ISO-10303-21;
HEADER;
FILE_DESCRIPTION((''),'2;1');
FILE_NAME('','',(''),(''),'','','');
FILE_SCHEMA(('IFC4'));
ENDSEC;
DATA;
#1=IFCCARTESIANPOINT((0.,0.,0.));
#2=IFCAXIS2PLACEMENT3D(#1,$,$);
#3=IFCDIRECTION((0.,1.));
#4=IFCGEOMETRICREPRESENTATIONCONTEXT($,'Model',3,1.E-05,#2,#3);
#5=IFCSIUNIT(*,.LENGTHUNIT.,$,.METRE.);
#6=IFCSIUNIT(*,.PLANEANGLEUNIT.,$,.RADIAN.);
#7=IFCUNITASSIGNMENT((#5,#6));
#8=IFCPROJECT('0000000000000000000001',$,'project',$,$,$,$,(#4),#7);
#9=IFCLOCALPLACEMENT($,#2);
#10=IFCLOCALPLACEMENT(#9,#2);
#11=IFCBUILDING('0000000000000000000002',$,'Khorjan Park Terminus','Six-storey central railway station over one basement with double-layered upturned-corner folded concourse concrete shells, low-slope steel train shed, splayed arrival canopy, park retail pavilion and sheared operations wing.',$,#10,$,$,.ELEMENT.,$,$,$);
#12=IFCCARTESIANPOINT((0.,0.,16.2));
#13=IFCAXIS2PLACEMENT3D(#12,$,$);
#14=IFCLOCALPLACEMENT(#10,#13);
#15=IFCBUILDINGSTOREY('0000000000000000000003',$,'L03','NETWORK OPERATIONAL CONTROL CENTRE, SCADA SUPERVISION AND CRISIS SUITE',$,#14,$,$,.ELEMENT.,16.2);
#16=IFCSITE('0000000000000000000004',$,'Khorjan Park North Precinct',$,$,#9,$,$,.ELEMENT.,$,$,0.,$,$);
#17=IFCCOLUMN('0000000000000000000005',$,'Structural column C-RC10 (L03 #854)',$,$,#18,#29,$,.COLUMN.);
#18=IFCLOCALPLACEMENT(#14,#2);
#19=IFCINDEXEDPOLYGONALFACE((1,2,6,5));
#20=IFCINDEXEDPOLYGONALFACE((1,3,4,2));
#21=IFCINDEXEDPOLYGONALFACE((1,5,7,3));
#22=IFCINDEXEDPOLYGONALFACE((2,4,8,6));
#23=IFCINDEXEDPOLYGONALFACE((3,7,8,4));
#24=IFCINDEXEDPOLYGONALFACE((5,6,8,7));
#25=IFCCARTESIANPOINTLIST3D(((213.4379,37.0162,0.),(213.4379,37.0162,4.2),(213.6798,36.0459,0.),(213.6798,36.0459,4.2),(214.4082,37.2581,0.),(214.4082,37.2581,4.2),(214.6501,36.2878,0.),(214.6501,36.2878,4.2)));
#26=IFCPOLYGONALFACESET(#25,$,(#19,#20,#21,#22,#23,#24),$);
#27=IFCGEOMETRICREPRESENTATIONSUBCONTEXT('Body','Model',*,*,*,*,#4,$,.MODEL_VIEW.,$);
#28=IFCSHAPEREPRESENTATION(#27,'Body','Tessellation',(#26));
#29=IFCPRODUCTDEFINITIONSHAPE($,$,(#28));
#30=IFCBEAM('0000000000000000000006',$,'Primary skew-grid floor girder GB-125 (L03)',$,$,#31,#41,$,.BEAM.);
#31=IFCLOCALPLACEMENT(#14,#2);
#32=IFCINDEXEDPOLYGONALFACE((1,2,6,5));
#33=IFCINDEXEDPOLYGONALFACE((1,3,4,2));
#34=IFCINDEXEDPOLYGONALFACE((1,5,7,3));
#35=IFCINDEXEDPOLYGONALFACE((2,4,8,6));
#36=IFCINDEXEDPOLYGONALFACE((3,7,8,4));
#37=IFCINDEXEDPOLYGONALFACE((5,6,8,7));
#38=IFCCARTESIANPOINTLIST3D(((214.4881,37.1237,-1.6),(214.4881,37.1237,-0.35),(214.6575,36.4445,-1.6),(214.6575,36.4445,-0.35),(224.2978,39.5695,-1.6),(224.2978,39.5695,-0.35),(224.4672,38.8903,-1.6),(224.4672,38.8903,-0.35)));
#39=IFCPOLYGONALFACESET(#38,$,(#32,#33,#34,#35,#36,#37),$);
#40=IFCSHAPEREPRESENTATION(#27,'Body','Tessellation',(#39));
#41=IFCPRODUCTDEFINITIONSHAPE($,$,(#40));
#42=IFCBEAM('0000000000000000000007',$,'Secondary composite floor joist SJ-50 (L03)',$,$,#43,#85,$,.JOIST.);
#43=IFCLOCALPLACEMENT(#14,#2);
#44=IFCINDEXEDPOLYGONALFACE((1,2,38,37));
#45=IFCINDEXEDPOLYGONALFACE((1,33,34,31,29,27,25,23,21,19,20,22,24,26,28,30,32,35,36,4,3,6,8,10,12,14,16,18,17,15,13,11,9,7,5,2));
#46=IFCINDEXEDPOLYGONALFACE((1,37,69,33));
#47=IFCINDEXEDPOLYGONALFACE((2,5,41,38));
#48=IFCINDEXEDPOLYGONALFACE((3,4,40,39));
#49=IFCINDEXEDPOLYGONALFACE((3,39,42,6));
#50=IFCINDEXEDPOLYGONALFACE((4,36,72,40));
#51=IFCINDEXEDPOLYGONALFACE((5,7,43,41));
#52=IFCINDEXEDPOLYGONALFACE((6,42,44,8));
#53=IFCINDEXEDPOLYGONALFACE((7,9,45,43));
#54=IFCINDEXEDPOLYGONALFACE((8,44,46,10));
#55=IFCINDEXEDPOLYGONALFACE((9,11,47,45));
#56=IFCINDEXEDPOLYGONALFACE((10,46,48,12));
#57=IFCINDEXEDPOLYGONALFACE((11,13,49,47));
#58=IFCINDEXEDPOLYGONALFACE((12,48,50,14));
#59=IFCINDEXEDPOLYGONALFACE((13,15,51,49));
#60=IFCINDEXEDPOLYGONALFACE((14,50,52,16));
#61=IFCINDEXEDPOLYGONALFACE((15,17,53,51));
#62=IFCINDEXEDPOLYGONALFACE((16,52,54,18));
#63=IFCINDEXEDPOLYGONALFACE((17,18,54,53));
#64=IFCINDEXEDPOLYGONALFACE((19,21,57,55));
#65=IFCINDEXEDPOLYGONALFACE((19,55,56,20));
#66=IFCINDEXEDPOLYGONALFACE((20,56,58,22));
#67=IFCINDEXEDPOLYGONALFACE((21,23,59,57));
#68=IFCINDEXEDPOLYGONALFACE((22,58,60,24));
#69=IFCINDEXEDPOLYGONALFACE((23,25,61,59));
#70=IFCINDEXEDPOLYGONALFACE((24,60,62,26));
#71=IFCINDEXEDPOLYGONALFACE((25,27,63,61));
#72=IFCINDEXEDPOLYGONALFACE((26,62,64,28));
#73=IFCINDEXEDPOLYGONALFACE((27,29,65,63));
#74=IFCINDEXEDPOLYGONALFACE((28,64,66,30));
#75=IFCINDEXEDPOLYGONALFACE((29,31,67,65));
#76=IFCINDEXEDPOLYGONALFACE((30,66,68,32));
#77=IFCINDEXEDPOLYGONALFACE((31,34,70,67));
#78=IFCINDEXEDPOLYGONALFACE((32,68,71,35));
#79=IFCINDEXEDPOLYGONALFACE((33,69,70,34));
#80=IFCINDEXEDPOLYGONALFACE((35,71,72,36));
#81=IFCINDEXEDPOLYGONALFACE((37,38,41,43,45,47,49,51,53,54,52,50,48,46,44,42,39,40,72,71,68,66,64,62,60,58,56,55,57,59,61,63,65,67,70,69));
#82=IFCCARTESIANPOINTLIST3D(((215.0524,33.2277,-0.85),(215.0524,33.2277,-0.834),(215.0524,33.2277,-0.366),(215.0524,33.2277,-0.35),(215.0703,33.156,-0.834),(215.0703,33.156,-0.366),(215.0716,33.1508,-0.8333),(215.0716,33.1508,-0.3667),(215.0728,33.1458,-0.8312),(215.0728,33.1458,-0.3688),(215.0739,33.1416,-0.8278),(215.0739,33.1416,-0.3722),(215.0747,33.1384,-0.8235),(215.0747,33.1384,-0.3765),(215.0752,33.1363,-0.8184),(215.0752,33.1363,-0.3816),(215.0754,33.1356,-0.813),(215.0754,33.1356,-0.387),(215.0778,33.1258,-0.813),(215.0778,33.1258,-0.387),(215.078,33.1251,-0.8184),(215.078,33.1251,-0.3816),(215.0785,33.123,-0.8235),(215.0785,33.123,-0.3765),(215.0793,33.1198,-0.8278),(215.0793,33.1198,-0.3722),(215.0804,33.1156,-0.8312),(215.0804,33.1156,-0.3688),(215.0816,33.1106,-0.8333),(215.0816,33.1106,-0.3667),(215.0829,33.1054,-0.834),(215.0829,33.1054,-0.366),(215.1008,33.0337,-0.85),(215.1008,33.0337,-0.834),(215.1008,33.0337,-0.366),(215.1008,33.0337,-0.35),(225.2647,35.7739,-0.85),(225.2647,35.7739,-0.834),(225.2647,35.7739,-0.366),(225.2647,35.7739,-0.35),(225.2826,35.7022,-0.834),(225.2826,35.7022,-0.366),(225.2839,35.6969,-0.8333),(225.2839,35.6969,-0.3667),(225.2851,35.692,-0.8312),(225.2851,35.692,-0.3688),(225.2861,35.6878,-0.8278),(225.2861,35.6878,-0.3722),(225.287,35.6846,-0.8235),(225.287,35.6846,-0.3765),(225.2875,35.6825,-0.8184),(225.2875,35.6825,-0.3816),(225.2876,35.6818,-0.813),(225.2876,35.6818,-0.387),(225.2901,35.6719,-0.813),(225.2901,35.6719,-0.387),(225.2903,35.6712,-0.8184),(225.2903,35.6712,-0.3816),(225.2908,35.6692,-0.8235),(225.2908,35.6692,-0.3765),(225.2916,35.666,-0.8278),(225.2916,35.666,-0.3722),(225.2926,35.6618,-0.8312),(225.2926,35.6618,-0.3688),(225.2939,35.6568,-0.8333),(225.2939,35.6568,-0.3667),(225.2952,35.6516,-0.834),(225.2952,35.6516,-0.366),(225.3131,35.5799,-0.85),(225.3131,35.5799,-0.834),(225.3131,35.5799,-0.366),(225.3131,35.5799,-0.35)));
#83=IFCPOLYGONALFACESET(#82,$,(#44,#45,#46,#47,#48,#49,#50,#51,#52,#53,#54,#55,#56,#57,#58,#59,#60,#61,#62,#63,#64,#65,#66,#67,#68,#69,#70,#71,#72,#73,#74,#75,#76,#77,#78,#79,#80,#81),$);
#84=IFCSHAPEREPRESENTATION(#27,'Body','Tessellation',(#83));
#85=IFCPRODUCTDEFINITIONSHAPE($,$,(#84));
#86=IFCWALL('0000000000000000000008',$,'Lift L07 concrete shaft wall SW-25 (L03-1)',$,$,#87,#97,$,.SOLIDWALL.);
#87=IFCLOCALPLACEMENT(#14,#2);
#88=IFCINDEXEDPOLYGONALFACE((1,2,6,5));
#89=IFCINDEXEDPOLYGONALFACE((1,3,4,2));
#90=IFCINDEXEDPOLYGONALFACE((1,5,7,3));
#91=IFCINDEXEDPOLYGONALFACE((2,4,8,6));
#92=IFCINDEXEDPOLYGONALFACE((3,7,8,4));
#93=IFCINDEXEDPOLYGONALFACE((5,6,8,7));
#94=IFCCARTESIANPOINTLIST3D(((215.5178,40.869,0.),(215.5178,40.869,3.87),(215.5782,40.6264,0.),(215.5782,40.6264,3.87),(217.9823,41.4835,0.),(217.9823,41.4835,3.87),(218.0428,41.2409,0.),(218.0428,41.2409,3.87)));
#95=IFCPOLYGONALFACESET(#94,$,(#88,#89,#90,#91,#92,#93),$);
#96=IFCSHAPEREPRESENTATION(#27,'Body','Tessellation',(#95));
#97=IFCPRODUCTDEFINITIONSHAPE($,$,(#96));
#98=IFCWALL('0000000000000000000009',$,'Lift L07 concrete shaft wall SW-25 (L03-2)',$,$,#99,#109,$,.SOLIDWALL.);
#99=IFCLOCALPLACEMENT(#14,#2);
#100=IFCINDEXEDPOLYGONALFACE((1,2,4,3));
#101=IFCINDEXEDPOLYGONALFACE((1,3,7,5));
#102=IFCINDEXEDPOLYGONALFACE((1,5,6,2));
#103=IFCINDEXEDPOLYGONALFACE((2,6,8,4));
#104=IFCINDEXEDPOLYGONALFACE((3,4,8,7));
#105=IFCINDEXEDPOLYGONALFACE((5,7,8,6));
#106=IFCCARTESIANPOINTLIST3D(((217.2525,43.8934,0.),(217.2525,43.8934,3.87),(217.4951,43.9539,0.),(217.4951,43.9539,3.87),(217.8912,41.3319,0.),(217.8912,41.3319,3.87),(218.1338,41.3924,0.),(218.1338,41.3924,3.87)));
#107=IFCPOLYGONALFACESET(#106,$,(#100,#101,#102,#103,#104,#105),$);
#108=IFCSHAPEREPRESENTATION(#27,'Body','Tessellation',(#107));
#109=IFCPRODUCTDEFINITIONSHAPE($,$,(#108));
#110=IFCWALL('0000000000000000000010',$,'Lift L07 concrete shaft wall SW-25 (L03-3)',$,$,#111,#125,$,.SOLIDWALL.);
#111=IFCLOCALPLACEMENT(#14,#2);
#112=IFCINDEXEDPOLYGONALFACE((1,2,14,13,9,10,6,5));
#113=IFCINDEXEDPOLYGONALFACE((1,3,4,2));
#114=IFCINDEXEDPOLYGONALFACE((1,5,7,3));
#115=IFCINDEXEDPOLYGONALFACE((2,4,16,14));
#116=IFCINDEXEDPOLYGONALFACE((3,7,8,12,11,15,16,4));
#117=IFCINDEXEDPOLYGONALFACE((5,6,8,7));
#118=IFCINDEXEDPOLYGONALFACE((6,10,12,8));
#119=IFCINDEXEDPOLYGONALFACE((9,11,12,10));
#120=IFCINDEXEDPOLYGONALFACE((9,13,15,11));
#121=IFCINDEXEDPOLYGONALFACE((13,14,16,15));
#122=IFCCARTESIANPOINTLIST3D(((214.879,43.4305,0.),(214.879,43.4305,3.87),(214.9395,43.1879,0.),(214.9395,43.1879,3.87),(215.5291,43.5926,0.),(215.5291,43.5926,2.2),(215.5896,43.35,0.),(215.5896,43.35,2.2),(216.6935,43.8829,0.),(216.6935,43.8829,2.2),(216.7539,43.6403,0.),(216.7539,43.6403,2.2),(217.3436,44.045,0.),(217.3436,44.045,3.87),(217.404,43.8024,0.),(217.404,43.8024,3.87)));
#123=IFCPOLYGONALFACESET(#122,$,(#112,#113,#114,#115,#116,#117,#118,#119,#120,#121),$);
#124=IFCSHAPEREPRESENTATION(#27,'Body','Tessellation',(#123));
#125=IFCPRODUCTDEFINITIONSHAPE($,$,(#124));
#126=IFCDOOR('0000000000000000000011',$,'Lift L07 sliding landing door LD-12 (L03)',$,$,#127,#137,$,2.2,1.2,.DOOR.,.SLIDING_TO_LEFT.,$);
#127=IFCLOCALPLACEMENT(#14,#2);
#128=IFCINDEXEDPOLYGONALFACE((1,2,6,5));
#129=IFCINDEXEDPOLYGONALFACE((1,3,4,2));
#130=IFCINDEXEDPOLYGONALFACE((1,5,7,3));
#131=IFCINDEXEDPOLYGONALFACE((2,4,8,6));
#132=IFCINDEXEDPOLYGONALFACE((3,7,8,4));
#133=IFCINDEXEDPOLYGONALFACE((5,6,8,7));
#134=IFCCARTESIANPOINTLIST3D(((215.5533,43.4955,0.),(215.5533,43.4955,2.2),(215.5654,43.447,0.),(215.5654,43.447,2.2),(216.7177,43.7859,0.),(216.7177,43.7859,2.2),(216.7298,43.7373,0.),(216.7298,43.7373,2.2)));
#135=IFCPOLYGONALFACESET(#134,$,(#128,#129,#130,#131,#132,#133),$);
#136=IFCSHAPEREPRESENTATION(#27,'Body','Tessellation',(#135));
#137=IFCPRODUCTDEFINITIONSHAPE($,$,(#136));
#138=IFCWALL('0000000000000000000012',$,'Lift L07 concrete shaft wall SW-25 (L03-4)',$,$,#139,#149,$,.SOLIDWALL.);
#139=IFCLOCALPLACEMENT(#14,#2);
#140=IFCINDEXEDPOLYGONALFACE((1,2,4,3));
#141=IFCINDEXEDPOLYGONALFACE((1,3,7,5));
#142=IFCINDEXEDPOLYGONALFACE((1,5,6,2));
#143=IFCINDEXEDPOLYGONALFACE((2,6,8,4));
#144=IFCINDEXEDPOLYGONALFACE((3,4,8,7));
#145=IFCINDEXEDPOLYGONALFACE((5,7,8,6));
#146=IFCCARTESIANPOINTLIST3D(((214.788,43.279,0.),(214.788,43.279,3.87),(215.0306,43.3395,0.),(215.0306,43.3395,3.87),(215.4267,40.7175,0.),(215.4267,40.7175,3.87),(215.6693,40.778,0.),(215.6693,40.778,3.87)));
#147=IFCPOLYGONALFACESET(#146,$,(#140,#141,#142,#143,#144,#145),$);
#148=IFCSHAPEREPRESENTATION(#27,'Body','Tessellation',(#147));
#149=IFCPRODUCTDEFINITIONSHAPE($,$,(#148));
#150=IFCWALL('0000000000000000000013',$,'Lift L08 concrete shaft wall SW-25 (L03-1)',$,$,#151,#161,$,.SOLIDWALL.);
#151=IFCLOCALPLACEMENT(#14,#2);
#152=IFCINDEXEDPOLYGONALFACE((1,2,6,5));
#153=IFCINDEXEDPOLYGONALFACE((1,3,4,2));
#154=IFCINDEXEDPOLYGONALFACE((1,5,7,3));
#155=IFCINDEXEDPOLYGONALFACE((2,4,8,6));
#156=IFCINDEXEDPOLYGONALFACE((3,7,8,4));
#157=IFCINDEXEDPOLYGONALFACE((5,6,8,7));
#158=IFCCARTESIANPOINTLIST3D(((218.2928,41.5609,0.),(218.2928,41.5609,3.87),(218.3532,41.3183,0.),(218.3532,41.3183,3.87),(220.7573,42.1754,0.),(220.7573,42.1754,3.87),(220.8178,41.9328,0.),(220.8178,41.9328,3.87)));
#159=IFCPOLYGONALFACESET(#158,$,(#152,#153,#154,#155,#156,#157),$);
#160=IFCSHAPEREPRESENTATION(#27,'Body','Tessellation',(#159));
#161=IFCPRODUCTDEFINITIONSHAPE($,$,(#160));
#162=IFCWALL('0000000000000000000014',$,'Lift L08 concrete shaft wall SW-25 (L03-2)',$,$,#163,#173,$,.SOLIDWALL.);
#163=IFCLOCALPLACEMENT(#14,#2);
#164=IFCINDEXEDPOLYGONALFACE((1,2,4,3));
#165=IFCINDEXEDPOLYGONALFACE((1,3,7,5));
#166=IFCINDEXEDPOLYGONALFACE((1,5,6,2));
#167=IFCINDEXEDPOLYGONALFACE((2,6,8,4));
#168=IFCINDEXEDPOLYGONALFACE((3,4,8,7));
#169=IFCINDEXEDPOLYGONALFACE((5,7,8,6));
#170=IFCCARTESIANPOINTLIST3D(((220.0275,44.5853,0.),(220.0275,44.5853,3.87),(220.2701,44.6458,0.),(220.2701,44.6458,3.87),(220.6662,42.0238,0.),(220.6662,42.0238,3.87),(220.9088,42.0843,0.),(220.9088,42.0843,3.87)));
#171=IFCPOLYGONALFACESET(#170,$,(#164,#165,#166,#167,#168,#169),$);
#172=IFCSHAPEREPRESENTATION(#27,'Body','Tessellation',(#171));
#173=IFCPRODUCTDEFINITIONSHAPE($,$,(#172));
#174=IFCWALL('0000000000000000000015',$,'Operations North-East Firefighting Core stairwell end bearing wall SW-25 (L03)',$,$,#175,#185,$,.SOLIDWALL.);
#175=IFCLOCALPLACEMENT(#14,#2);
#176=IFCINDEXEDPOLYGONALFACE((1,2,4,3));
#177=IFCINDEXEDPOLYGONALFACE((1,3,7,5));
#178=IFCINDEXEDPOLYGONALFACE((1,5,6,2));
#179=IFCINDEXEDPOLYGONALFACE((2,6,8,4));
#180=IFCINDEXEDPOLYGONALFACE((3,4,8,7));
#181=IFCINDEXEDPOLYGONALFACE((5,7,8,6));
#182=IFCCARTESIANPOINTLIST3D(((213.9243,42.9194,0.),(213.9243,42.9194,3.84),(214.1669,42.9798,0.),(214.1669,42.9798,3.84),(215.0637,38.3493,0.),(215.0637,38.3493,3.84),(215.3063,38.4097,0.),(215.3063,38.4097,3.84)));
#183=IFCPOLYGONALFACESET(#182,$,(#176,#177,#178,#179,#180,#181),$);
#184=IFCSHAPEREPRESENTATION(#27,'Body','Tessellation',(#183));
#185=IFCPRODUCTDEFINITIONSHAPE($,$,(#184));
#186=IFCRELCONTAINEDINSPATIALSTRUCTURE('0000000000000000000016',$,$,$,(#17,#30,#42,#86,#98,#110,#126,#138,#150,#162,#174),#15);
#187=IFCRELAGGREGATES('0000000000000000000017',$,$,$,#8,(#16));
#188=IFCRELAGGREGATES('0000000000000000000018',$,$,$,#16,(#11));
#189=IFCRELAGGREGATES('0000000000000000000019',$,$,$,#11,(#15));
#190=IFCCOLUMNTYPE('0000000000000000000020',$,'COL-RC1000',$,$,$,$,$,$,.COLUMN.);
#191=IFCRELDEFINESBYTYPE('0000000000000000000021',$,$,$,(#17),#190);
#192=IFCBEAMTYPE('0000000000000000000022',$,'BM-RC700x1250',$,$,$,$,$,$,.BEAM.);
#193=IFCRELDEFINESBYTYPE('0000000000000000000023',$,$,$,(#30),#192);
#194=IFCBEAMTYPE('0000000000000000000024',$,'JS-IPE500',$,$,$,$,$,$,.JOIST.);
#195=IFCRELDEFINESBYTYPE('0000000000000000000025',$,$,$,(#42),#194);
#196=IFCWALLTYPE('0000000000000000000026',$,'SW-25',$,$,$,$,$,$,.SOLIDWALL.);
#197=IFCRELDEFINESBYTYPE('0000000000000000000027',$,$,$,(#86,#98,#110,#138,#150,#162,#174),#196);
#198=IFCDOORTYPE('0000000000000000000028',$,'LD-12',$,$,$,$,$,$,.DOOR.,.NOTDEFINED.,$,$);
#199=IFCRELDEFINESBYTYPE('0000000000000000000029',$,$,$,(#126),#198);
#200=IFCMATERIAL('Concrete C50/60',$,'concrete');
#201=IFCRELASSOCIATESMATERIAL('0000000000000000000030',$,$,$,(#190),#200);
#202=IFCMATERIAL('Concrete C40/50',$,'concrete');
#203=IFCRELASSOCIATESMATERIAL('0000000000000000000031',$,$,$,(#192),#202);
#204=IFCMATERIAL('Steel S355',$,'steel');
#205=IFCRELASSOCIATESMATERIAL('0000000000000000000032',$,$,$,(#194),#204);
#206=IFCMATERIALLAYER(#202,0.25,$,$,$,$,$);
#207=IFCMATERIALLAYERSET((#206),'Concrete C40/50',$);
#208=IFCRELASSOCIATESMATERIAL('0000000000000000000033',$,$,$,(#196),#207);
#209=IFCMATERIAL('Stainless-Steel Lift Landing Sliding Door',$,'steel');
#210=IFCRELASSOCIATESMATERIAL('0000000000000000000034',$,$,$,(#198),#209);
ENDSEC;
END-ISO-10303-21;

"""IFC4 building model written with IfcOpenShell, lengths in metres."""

from ifc_helpers import new_model, si_unit, direction, frame, frame_2d, origin, origin_2d, place, context, subcontext, project, spatial, rectangle, i_section, extrude, material, layer, layer_set, material_profile, profile_set, type_object, element, fill, save


model = new_model("IFC4")

# Units and contexts
model_context = context("Model", 3, precision=1e-05, world=origin(), true_north=direction((0.0, 1.0)))
body_context = subcontext(model_context, "Body", "Model", "MODEL_VIEW")
ifc_project = project(units=[si_unit("LENGTHUNIT", "METRE"), si_unit("PLANEANGLEUNIT", "RADIAN")], contexts=[model_context])

# Site, building, storey
site_placement = place(None, origin())
site = spatial("IfcSite", under=ifc_project, at=site_placement, Name="Khorjan Park North Precinct", CompositionType="ELEMENT", RefElevation=0.0)
building_placement = place(site_placement, origin())
building = spatial("IfcBuilding", under=site, at=building_placement, Name="Khorjan Park Terminus", Description="Six-storey central railway station over one basement with double-layered upturned-corner folded concourse concrete shells, low-slope steel train shed, splayed arrival canopy, park retail pavilion and sheared operations wing.", CompositionType="ELEMENT")
storey_placement = place(building_placement, frame((0.0, 0.0, 16.2)))
storey = spatial("IfcBuildingStorey", under=building, at=storey_placement, Name="L03", Description="NETWORK OPERATIONAL CONTROL CENTRE, SCADA SUPERVISION AND CRISIS SUITE", CompositionType="ELEMENT", Elevation=16.2)

# Column
ifc_material_1 = material(Name="Concrete C50/60", Category="concrete")
ifc_material_profile_1 = material_profile(ifc_material_1, rectangle(XDim=1.0, YDim=1.0, at=origin_2d()), Name="RC 1000x1000")
ifc_profile_set_1 = profile_set([ifc_material_profile_1], Name="Concrete C50/60")
column_type = type_object("IfcColumnType", Name="COL-RC1000", PredefinedType="COLUMN", material=ifc_profile_set_1)
column_placement = place(storey_placement, frame((214.044, 36.652, 0.0), z_axis=(0.0, 0.0, 1.0), x_axis=(0.970296, 0.241922, 0.0)))
element("IfcColumn", 1, at=column_placement, inside=storey, type_object=column_type, Name="Structural column C-RC10 (L03 #854)", PredefinedType="COLUMN", context=body_context, shape_type="SweptSolid", body=[
    extrude(rectangle(XDim=1.0, YDim=1.0, at=origin_2d()), origin(), (0.0, 0.0, 1.0), 4.2),
])

# Beams
ifc_material_2 = material(Name="Concrete C40/50", Category="concrete")
ifc_material_profile_2 = material_profile(ifc_material_2, rectangle(XDim=0.7, YDim=1.25, at=origin_2d()), Name="RC 700x1250")
ifc_profile_set_2 = profile_set([ifc_material_profile_2], Name="Concrete C40/50")
beam_type_1 = type_object("IfcBeamType", Name="BM-RC700x1250", PredefinedType="BEAM", material=ifc_profile_set_2)
beam_1_placement = place(storey_placement, frame((214.5728, 36.7841, -0.975), z_axis=(0.970296, 0.241919, 0.0), x_axis=(-0.241919, 0.970296, 0.0)))
element("IfcBeam", 2, at=beam_1_placement, inside=storey, type_object=beam_type_1, Name="Primary skew-grid floor girder GB-125 (L03)", PredefinedType="BEAM", context=body_context, shape_type="SweptSolid", body=[
    extrude(rectangle(XDim=0.7, YDim=1.25, at=origin_2d()), origin(), (0.0, 0.0, 1.0), 10.11),
])
ifc_material_3 = material(Name="Steel S355", Category="steel")
ifc_material_profile_3 = material_profile(ifc_material_3, i_section(OverallWidth=0.2, OverallDepth=0.5, WebThickness=0.0102, FlangeThickness=0.016, FilletRadius=0.021, at=origin_2d()), Name="IPE 500")
ifc_profile_set_3 = profile_set([ifc_material_profile_3], Name="Steel S355")
beam_type_2 = type_object("IfcBeamType", Name="JS-IPE500", PredefinedType="JOIST", material=ifc_profile_set_3)
beam_2_placement = place(storey_placement, frame((215.0766, 33.1307, -0.6), z_axis=(0.970296, 0.241921, 0.0), x_axis=(-0.241921, 0.970296, 0.0)))
element("IfcBeam", 3, at=beam_2_placement, inside=storey, type_object=beam_type_2, Name="Secondary composite floor joist SJ-50 (L03)", PredefinedType="JOIST", context=body_context, shape_type="SweptSolid", body=[
    extrude(i_section(OverallWidth=0.2, OverallDepth=0.5, WebThickness=0.0102, FlangeThickness=0.016, FilletRadius=0.021, at=origin_2d()), origin(), (0.0, 0.0, 1.0), 10.5249),
])

# Walls
ifc_layer = layer(ifc_material_2, 0.25)
ifc_layer_set = layer_set([ifc_layer], Name="Concrete C40/50")
wall_type = type_object("IfcWallType", Name="SW-25", PredefinedType="SOLIDWALL", material=ifc_layer_set)
wall_1_placement = place(storey_placement, frame((215.548, 40.7477, 0.0), z_axis=(0.0, 0.0, 1.0), x_axis=(0.970293, 0.241933, 0.0)))
element("IfcWall", 4, at=wall_1_placement, inside=storey, type_object=wall_type, Name="Lift L07 concrete shaft wall SW-25 (L03-1)", PredefinedType="SOLIDWALL", context=body_context, shape_type="SweptSolid", body=[
    extrude(rectangle(XDim=2.54, YDim=0.25, at=frame_2d((1.27, 0.0))), origin(), (0.0, 0.0, 1.0), 3.87),
])
wall_2_placement = place(storey_placement, frame((218.0125, 41.3622, 0.0), z_axis=(0.0, 0.0, 1.0), x_axis=(-0.241938, 0.970292, 0.0)))
element("IfcWall", 5, at=wall_2_placement, inside=storey, type_object=wall_type, Name="Lift L07 concrete shaft wall SW-25 (L03-2)", PredefinedType="SOLIDWALL", context=body_context, shape_type="SweptSolid", body=[
    extrude(rectangle(XDim=2.6399, YDim=0.25, at=frame_2d((1.3199, 0.0))), origin(), (0.0, 0.0, 1.0), 3.87),
])

# Wall, opening, door
wall_3_placement = place(storey_placement, frame((217.3738, 43.9237, 0.0), z_axis=(0.0, 0.0, 1.0), x_axis=(-0.970293, -0.241933, 0.0)))
wall_3 = element("IfcWall", 6, at=wall_3_placement, inside=storey, type_object=wall_type, Name="Lift L07 concrete shaft wall SW-25 (L03-3)", PredefinedType="SOLIDWALL", context=body_context, shape_type="SweptSolid", body=[
    extrude(rectangle(XDim=2.54, YDim=0.25, at=frame_2d((1.27, 0.0))), origin(), (0.0, 0.0, 1.0), 3.87),
])
opening_placement = place(wall_3_placement, frame((0.67, 0.0, 0.0)))
opening = element("IfcOpeningElement", 7, at=opening_placement, cuts=wall_3, PredefinedType="OPENING", context=body_context, shape_type="SweptSolid", body=[
    extrude(rectangle(XDim=1.2, YDim=2.2, at=frame_2d((0.6, 1.1))), frame((0.0, 0.135, 0.0), z_axis=(0.0, -1.0, 0.0), x_axis=(1.0, 0.0, 0.0)), (0.0, 0.0, 1.0), 0.27),
])
ifc_material_4 = material(Name="Stainless-Steel Lift Landing Sliding Door", Category="steel")
door_type = type_object("IfcDoorType", Name="LD-12", OperationType="NOTDEFINED", PredefinedType="DOOR", material=ifc_material_4)
door_placement = place(opening_placement, origin())
door = element("IfcDoor", 8, at=door_placement, inside=storey, type_object=door_type, Name="Lift L07 sliding landing door LD-12 (L03)", OperationType="SLIDING_TO_LEFT", OverallHeight=2.2, OverallWidth=1.2, PredefinedType="DOOR", context=body_context, shape_type="SweptSolid", body=[
    extrude(rectangle(XDim=1.2, YDim=2.2, at=frame_2d((0.6, 1.1))), frame((0.0, 0.025, 0.0), z_axis=(0.0, -1.0, 0.0), x_axis=(1.0, 0.0, 0.0)), (0.0, 0.0, 1.0), 0.05),
])
fill(opening, door)

# Walls
wall_4_placement = place(storey_placement, frame((214.9093, 43.3092, 0.0), z_axis=(0.0, 0.0, 1.0), x_axis=(0.241938, -0.970292, 0.0)))
element("IfcWall", 9, at=wall_4_placement, inside=storey, type_object=wall_type, Name="Lift L07 concrete shaft wall SW-25 (L03-4)", PredefinedType="SOLIDWALL", context=body_context, shape_type="SweptSolid", body=[
    extrude(rectangle(XDim=2.6399, YDim=0.25, at=frame_2d((1.3199, 0.0))), origin(), (0.0, 0.0, 1.0), 3.87),
])
wall_5_placement = place(storey_placement, frame((218.323, 41.4396, 0.0), z_axis=(0.0, 0.0, 1.0), x_axis=(0.970293, 0.241933, 0.0)))
element("IfcWall", 10, at=wall_5_placement, inside=storey, type_object=wall_type, Name="Lift L08 concrete shaft wall SW-25 (L03-1)", PredefinedType="SOLIDWALL", context=body_context, shape_type="SweptSolid", body=[
    extrude(rectangle(XDim=2.54, YDim=0.25, at=frame_2d((1.27, 0.0))), origin(), (0.0, 0.0, 1.0), 3.87),
])
wall_6_placement = place(storey_placement, frame((220.7875, 42.0541, 0.0), z_axis=(0.0, 0.0, 1.0), x_axis=(-0.241938, 0.970292, 0.0)))
element("IfcWall", 11, at=wall_6_placement, inside=storey, type_object=wall_type, Name="Lift L08 concrete shaft wall SW-25 (L03-2)", PredefinedType="SOLIDWALL", context=body_context, shape_type="SweptSolid", body=[
    extrude(rectangle(XDim=2.6399, YDim=0.25, at=frame_2d((1.3199, 0.0))), origin(), (0.0, 0.0, 1.0), 3.87),
])
wall_7_placement = place(storey_placement, frame((215.185, 38.3795, 0.0), z_axis=(0.0, 0.0, 1.0), x_axis=(-0.241911, 0.970298, 0.0)))
element("IfcWall", 12, at=wall_7_placement, inside=storey, type_object=wall_type, Name="Operations North-East Firefighting Core stairwell end bearing wall SW-25 (L03)", PredefinedType="SOLIDWALL", context=body_context, shape_type="SweptSolid", body=[
    extrude(rectangle(XDim=4.71, YDim=0.25, at=frame_2d((2.355, 0.0))), origin(), (0.0, 0.0, 1.0), 3.84),
])

save(model, "model.ifc")
